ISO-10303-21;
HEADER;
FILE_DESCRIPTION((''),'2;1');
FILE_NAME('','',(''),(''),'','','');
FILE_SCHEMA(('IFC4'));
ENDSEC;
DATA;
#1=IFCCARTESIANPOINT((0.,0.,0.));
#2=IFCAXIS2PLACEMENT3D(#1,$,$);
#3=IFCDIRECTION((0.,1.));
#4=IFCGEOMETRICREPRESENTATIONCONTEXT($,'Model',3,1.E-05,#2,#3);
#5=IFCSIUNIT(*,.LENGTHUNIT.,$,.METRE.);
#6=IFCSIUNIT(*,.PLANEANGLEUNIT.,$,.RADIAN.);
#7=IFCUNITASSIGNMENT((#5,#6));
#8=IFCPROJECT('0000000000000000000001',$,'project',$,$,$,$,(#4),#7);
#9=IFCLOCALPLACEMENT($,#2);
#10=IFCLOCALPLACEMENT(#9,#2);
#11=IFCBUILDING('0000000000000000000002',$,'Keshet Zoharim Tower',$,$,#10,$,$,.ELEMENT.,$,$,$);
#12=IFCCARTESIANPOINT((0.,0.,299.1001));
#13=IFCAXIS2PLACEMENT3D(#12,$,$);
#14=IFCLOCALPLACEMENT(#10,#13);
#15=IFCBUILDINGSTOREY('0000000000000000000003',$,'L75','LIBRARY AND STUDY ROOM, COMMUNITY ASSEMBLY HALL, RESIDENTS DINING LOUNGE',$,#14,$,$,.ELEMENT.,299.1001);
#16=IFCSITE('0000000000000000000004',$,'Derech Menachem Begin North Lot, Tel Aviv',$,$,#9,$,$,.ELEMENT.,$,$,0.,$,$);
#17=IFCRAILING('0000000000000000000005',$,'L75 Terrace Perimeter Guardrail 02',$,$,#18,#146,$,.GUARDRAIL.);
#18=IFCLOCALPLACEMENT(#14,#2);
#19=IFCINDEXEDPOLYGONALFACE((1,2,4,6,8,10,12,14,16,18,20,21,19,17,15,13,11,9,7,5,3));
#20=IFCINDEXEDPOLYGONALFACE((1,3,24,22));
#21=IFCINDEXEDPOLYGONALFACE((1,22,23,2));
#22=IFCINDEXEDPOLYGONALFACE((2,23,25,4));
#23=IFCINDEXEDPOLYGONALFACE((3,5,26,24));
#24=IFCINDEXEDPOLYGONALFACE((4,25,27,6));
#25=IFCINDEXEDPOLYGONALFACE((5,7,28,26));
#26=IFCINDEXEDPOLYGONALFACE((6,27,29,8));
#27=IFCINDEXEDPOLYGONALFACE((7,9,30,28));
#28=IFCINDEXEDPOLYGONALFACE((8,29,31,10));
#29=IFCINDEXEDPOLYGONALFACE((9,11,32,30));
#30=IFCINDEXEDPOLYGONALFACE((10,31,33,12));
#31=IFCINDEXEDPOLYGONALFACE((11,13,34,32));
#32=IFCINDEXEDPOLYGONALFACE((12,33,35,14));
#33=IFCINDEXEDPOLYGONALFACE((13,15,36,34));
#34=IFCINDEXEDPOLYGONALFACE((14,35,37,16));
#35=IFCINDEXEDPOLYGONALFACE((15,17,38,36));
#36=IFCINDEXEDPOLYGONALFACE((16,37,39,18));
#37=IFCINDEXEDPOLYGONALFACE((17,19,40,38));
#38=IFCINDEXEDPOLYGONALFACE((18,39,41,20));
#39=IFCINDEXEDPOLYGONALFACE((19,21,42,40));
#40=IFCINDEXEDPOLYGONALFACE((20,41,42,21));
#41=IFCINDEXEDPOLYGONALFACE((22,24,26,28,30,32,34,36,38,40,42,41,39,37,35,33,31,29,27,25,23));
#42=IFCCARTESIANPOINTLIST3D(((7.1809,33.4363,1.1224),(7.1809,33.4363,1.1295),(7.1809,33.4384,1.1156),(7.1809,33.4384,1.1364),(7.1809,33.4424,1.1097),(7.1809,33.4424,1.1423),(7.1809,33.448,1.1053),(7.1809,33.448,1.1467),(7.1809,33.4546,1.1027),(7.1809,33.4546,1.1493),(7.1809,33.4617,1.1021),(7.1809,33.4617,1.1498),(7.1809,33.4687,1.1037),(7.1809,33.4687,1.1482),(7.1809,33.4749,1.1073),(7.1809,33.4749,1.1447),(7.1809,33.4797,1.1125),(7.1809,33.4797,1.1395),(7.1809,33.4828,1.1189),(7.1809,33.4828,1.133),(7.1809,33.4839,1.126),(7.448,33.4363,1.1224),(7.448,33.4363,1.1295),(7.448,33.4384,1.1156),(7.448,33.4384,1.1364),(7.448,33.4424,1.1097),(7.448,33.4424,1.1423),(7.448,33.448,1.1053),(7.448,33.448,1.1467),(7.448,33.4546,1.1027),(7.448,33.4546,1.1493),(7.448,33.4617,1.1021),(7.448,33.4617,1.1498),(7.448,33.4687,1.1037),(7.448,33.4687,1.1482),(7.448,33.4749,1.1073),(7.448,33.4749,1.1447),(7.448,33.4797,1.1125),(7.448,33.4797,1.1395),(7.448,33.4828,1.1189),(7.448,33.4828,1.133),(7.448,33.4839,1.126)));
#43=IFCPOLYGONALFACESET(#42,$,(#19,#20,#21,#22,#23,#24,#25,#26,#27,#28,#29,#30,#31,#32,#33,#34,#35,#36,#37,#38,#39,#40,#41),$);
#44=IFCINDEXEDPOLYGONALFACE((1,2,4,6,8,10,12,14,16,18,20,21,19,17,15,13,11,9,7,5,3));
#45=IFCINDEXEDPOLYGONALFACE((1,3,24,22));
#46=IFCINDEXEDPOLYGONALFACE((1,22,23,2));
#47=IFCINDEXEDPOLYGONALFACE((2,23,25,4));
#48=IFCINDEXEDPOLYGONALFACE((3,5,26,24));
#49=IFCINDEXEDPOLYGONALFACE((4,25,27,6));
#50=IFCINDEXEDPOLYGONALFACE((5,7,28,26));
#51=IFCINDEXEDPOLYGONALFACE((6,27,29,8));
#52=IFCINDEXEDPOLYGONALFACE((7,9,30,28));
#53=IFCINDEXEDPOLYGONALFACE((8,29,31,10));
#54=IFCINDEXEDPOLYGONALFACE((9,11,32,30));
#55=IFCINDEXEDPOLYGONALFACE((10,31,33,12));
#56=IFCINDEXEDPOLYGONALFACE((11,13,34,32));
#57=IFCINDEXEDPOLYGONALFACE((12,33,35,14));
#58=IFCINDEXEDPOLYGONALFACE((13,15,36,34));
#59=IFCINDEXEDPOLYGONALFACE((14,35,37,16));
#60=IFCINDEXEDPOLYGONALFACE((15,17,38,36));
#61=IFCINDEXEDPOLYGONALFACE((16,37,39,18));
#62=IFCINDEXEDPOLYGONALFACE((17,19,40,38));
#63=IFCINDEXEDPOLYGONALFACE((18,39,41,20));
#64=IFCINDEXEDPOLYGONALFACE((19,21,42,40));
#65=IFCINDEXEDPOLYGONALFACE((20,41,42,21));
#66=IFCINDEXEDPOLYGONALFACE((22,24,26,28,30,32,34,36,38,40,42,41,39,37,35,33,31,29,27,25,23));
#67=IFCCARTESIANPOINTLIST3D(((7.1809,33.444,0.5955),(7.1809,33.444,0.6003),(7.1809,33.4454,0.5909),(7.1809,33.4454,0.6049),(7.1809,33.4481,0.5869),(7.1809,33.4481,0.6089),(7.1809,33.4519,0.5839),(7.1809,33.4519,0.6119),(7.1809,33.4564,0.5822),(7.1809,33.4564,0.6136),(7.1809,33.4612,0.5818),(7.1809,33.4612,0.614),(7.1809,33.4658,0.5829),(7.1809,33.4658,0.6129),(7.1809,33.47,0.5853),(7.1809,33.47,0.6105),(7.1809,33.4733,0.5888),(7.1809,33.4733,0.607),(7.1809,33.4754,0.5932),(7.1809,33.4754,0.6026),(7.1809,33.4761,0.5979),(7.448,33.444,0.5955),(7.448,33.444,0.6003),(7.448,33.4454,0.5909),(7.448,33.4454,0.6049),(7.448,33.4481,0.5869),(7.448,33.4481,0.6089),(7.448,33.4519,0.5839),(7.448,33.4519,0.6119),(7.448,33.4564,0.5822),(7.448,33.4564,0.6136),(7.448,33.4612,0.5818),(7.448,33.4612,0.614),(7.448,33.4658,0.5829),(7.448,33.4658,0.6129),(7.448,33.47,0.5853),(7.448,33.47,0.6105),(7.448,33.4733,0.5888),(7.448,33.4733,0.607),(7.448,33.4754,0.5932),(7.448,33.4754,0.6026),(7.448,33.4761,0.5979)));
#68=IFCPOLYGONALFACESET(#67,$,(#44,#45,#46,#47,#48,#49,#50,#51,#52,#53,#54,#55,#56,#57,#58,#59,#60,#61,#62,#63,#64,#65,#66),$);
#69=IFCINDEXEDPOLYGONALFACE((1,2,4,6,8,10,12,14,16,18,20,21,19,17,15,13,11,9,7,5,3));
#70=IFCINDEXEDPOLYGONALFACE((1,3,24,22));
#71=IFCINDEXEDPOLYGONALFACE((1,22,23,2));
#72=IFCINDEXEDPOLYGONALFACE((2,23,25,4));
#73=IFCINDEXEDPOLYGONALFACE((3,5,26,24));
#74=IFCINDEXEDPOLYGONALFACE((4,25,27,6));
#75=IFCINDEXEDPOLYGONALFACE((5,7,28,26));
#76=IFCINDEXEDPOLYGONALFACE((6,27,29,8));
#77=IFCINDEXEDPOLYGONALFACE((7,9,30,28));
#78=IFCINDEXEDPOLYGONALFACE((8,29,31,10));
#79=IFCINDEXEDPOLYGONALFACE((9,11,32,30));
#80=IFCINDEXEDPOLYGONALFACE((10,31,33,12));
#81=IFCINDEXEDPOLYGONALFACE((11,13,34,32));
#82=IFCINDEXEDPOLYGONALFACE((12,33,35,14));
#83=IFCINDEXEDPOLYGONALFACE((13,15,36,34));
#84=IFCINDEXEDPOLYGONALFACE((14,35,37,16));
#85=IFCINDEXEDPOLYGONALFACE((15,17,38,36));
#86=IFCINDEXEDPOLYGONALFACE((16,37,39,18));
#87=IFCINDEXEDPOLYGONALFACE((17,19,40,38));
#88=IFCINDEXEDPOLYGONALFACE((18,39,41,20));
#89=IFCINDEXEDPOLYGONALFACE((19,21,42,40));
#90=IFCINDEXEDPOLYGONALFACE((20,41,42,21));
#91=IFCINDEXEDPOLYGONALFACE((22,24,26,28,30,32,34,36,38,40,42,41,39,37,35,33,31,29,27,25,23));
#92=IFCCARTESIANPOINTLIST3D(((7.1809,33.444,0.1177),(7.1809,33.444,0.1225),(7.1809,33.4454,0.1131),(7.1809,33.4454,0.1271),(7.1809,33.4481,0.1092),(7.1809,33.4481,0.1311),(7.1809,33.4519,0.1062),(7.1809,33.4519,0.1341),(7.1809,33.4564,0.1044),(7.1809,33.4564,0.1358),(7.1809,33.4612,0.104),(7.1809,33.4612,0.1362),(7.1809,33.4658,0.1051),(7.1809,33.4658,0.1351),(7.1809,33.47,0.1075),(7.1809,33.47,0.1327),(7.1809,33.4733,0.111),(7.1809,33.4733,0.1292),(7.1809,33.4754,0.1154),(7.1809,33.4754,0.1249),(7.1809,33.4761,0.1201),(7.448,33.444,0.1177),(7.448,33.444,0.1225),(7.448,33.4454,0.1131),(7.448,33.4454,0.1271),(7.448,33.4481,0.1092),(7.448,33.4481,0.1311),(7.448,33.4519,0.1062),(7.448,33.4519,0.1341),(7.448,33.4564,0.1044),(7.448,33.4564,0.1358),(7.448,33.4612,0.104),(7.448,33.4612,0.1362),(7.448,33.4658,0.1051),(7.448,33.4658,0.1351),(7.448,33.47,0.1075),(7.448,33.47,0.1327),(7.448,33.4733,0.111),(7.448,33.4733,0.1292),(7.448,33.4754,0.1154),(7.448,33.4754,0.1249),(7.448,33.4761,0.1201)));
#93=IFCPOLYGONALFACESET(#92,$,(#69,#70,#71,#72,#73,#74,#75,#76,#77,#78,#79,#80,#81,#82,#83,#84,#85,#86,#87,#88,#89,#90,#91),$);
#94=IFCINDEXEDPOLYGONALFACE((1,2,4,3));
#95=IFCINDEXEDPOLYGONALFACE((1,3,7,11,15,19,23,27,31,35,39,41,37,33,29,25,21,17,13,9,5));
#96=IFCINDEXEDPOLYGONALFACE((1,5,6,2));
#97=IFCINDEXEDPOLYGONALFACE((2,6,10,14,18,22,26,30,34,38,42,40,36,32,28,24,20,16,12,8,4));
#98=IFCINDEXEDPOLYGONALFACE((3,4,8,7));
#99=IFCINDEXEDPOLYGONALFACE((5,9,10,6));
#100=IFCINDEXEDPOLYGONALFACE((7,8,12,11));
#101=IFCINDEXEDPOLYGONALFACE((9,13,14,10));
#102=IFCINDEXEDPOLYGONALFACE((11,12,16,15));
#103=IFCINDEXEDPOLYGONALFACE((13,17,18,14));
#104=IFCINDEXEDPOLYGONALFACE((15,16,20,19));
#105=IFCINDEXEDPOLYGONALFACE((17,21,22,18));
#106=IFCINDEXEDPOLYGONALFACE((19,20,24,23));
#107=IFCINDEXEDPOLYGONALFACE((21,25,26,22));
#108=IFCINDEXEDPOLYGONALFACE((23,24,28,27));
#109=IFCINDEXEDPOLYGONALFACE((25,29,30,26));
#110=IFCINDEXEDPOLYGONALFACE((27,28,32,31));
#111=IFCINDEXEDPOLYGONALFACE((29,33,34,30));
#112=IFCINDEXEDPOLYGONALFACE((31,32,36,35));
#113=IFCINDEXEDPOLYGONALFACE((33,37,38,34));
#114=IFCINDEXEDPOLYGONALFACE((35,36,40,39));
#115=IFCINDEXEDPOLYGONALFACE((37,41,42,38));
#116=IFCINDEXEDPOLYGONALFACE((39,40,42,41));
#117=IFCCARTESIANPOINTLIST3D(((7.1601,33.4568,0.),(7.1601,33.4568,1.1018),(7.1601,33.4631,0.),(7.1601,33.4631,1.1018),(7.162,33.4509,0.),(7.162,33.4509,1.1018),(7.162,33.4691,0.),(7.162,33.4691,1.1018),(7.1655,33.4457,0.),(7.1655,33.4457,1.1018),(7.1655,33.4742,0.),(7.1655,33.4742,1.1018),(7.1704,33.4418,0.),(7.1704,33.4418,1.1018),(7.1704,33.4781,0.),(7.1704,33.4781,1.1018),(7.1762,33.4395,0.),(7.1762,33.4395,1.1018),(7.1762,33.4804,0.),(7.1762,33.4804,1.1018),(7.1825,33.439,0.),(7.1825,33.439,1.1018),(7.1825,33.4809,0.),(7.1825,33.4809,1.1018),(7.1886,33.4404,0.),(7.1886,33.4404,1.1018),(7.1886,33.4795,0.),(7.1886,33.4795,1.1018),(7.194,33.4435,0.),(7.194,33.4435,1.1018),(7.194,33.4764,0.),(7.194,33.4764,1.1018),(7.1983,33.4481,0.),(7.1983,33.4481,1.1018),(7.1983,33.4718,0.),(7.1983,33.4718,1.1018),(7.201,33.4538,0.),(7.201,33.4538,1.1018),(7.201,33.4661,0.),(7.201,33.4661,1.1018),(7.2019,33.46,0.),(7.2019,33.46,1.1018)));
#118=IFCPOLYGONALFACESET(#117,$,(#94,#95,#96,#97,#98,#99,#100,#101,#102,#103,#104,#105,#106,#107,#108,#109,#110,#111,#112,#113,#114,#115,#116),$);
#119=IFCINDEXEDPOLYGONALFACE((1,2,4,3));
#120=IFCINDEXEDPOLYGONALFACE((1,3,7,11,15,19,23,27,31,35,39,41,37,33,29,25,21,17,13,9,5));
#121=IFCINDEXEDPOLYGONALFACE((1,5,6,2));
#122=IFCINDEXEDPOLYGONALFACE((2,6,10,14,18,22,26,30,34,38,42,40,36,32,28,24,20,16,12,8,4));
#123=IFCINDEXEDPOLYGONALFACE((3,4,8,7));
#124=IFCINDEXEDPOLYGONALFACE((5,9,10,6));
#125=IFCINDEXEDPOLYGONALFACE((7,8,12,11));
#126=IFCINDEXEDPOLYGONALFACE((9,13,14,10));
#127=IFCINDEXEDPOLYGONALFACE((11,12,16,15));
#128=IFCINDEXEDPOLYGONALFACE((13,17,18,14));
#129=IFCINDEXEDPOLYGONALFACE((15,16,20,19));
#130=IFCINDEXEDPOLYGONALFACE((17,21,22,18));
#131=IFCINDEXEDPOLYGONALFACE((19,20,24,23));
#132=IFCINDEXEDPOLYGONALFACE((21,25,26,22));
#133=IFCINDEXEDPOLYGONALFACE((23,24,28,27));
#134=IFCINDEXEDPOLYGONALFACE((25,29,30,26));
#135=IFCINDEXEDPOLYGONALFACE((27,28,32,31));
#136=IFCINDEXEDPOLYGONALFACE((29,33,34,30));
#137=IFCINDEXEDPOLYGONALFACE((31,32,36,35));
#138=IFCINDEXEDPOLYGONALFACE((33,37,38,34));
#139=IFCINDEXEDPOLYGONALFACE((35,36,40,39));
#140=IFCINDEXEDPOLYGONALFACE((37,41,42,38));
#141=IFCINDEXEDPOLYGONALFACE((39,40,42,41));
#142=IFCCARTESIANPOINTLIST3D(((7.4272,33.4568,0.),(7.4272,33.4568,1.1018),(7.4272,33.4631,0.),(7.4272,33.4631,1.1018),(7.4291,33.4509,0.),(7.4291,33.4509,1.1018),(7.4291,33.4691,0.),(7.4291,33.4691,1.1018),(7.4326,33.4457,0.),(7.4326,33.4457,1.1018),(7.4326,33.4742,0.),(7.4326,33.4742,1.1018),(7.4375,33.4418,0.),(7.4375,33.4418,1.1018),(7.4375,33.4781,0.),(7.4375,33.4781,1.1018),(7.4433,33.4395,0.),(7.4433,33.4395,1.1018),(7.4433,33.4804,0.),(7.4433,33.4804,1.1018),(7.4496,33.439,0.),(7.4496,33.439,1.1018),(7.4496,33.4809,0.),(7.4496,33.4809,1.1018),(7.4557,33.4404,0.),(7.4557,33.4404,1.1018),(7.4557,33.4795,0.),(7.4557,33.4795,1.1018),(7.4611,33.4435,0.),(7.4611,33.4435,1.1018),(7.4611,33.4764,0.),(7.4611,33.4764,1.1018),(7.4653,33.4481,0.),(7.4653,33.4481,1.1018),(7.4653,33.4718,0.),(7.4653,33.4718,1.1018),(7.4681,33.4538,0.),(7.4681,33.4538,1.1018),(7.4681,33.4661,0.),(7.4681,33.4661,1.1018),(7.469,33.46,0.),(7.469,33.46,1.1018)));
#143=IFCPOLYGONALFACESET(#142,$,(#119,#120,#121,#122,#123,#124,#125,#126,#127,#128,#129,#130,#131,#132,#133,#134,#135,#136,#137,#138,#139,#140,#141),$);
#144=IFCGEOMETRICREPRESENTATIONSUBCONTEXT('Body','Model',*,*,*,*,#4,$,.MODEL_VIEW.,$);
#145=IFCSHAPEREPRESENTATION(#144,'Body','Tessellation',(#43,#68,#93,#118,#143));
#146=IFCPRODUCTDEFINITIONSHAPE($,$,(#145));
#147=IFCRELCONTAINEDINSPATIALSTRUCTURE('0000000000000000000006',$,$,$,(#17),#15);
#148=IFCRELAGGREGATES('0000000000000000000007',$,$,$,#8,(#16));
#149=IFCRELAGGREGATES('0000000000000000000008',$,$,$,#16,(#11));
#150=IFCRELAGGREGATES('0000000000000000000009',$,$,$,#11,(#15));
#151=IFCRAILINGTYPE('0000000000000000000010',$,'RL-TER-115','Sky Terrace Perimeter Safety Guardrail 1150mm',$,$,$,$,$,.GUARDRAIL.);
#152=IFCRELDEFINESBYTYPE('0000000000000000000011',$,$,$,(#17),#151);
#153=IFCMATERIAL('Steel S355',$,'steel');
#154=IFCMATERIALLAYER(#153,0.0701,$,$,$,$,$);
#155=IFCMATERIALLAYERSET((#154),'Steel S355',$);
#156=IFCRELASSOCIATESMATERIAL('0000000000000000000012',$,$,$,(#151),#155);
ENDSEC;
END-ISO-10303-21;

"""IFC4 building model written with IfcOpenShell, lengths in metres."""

from ifc_helpers import new_model, si_unit, direction, frame, origin, origin_2d, place, context, subcontext, project, spatial, circle, extrude, material, layer, layer_set, type_object, element, save


model = new_model("IFC4")

# Units and contexts
model_context = context("Model", 3, precision=1e-05, world=origin(), true_north=direction((0.0, 1.0)))
body_context = subcontext(model_context, "Body", "Model", "MODEL_VIEW")
ifc_project = project(units=[si_unit("LENGTHUNIT", "METRE"), si_unit("PLANEANGLEUNIT", "RADIAN")], contexts=[model_context])

# Site, building, storey
site_placement = place(None, origin())
site = spatial("IfcSite", under=ifc_project, at=site_placement, Name="Derech Menachem Begin North Lot, Tel Aviv", CompositionType="ELEMENT", RefElevation=0.0)
building_placement = place(site_placement, origin())
building = spatial("IfcBuilding", under=site, at=building_placement, Name="Keshet Zoharim Tower", CompositionType="ELEMENT")
storey_placement = place(building_placement, frame((0.0, 0.0, 299.1001)))
storey = spatial("IfcBuildingStorey", under=building, at=storey_placement, Name="L75", Description="LIBRARY AND STUDY ROOM, COMMUNITY ASSEMBLY HALL, RESIDENTS DINING LOUNGE", CompositionType="ELEMENT", Elevation=299.1001)

# Shared definitions
ifc_material_1 = material(Name="Steel S355", Category="steel")

# Railing
ifc_layer_1 = layer(ifc_material_1, 0.0701)
ifc_layer_set_1 = layer_set([ifc_layer_1], Name="Steel S355")
railing_type_1 = type_object("IfcRailingType", Name="RL-TER-115", Description="Sky Terrace Perimeter Safety Guardrail 1150mm", PredefinedType="GUARDRAIL", material=ifc_layer_set_1)
railing_1_placement = place(storey_placement, frame((7.1809, 33.46, 0.0)))
element("IfcRailing", 1, at=railing_1_placement, inside=storey, type_object=railing_type_1, Name="L75 Terrace Perimeter Guardrail 02", PredefinedType="GUARDRAIL", context=body_context, shape_type="SweptSolid", body=[
    extrude(circle(Radius=0.0239, at=origin_2d()), frame((0.0, 0.0, 1.126), z_axis=(1.0, 0.0, 0.0), x_axis=(0.0, 1.0, 0.0)), (0.0, 0.0, 1.0), 0.2671),
    extrude(circle(Radius=0.0161, at=origin_2d()), frame((0.0, 0.0, 0.5979), z_axis=(1.0, 0.0, 0.0), x_axis=(0.0, 1.0, 0.0)), (0.0, 0.0, 1.0), 0.2671),
    extrude(circle(Radius=0.0161, at=origin_2d()), frame((0.0, 0.0, 0.1201), z_axis=(1.0, 0.0, 0.0), x_axis=(0.0, 1.0, 0.0)), (0.0, 0.0, 1.0), 0.2671),
    extrude(circle(Radius=0.021, at=origin_2d()), origin(), (0.0, 0.0, 1.0), 1.1018),
    extrude(circle(Radius=0.021, at=origin_2d()), frame((0.2671, 0.0, 0.0)), (0.0, 0.0, 1.0), 1.1018),
])

save(model, "model.ifc")
